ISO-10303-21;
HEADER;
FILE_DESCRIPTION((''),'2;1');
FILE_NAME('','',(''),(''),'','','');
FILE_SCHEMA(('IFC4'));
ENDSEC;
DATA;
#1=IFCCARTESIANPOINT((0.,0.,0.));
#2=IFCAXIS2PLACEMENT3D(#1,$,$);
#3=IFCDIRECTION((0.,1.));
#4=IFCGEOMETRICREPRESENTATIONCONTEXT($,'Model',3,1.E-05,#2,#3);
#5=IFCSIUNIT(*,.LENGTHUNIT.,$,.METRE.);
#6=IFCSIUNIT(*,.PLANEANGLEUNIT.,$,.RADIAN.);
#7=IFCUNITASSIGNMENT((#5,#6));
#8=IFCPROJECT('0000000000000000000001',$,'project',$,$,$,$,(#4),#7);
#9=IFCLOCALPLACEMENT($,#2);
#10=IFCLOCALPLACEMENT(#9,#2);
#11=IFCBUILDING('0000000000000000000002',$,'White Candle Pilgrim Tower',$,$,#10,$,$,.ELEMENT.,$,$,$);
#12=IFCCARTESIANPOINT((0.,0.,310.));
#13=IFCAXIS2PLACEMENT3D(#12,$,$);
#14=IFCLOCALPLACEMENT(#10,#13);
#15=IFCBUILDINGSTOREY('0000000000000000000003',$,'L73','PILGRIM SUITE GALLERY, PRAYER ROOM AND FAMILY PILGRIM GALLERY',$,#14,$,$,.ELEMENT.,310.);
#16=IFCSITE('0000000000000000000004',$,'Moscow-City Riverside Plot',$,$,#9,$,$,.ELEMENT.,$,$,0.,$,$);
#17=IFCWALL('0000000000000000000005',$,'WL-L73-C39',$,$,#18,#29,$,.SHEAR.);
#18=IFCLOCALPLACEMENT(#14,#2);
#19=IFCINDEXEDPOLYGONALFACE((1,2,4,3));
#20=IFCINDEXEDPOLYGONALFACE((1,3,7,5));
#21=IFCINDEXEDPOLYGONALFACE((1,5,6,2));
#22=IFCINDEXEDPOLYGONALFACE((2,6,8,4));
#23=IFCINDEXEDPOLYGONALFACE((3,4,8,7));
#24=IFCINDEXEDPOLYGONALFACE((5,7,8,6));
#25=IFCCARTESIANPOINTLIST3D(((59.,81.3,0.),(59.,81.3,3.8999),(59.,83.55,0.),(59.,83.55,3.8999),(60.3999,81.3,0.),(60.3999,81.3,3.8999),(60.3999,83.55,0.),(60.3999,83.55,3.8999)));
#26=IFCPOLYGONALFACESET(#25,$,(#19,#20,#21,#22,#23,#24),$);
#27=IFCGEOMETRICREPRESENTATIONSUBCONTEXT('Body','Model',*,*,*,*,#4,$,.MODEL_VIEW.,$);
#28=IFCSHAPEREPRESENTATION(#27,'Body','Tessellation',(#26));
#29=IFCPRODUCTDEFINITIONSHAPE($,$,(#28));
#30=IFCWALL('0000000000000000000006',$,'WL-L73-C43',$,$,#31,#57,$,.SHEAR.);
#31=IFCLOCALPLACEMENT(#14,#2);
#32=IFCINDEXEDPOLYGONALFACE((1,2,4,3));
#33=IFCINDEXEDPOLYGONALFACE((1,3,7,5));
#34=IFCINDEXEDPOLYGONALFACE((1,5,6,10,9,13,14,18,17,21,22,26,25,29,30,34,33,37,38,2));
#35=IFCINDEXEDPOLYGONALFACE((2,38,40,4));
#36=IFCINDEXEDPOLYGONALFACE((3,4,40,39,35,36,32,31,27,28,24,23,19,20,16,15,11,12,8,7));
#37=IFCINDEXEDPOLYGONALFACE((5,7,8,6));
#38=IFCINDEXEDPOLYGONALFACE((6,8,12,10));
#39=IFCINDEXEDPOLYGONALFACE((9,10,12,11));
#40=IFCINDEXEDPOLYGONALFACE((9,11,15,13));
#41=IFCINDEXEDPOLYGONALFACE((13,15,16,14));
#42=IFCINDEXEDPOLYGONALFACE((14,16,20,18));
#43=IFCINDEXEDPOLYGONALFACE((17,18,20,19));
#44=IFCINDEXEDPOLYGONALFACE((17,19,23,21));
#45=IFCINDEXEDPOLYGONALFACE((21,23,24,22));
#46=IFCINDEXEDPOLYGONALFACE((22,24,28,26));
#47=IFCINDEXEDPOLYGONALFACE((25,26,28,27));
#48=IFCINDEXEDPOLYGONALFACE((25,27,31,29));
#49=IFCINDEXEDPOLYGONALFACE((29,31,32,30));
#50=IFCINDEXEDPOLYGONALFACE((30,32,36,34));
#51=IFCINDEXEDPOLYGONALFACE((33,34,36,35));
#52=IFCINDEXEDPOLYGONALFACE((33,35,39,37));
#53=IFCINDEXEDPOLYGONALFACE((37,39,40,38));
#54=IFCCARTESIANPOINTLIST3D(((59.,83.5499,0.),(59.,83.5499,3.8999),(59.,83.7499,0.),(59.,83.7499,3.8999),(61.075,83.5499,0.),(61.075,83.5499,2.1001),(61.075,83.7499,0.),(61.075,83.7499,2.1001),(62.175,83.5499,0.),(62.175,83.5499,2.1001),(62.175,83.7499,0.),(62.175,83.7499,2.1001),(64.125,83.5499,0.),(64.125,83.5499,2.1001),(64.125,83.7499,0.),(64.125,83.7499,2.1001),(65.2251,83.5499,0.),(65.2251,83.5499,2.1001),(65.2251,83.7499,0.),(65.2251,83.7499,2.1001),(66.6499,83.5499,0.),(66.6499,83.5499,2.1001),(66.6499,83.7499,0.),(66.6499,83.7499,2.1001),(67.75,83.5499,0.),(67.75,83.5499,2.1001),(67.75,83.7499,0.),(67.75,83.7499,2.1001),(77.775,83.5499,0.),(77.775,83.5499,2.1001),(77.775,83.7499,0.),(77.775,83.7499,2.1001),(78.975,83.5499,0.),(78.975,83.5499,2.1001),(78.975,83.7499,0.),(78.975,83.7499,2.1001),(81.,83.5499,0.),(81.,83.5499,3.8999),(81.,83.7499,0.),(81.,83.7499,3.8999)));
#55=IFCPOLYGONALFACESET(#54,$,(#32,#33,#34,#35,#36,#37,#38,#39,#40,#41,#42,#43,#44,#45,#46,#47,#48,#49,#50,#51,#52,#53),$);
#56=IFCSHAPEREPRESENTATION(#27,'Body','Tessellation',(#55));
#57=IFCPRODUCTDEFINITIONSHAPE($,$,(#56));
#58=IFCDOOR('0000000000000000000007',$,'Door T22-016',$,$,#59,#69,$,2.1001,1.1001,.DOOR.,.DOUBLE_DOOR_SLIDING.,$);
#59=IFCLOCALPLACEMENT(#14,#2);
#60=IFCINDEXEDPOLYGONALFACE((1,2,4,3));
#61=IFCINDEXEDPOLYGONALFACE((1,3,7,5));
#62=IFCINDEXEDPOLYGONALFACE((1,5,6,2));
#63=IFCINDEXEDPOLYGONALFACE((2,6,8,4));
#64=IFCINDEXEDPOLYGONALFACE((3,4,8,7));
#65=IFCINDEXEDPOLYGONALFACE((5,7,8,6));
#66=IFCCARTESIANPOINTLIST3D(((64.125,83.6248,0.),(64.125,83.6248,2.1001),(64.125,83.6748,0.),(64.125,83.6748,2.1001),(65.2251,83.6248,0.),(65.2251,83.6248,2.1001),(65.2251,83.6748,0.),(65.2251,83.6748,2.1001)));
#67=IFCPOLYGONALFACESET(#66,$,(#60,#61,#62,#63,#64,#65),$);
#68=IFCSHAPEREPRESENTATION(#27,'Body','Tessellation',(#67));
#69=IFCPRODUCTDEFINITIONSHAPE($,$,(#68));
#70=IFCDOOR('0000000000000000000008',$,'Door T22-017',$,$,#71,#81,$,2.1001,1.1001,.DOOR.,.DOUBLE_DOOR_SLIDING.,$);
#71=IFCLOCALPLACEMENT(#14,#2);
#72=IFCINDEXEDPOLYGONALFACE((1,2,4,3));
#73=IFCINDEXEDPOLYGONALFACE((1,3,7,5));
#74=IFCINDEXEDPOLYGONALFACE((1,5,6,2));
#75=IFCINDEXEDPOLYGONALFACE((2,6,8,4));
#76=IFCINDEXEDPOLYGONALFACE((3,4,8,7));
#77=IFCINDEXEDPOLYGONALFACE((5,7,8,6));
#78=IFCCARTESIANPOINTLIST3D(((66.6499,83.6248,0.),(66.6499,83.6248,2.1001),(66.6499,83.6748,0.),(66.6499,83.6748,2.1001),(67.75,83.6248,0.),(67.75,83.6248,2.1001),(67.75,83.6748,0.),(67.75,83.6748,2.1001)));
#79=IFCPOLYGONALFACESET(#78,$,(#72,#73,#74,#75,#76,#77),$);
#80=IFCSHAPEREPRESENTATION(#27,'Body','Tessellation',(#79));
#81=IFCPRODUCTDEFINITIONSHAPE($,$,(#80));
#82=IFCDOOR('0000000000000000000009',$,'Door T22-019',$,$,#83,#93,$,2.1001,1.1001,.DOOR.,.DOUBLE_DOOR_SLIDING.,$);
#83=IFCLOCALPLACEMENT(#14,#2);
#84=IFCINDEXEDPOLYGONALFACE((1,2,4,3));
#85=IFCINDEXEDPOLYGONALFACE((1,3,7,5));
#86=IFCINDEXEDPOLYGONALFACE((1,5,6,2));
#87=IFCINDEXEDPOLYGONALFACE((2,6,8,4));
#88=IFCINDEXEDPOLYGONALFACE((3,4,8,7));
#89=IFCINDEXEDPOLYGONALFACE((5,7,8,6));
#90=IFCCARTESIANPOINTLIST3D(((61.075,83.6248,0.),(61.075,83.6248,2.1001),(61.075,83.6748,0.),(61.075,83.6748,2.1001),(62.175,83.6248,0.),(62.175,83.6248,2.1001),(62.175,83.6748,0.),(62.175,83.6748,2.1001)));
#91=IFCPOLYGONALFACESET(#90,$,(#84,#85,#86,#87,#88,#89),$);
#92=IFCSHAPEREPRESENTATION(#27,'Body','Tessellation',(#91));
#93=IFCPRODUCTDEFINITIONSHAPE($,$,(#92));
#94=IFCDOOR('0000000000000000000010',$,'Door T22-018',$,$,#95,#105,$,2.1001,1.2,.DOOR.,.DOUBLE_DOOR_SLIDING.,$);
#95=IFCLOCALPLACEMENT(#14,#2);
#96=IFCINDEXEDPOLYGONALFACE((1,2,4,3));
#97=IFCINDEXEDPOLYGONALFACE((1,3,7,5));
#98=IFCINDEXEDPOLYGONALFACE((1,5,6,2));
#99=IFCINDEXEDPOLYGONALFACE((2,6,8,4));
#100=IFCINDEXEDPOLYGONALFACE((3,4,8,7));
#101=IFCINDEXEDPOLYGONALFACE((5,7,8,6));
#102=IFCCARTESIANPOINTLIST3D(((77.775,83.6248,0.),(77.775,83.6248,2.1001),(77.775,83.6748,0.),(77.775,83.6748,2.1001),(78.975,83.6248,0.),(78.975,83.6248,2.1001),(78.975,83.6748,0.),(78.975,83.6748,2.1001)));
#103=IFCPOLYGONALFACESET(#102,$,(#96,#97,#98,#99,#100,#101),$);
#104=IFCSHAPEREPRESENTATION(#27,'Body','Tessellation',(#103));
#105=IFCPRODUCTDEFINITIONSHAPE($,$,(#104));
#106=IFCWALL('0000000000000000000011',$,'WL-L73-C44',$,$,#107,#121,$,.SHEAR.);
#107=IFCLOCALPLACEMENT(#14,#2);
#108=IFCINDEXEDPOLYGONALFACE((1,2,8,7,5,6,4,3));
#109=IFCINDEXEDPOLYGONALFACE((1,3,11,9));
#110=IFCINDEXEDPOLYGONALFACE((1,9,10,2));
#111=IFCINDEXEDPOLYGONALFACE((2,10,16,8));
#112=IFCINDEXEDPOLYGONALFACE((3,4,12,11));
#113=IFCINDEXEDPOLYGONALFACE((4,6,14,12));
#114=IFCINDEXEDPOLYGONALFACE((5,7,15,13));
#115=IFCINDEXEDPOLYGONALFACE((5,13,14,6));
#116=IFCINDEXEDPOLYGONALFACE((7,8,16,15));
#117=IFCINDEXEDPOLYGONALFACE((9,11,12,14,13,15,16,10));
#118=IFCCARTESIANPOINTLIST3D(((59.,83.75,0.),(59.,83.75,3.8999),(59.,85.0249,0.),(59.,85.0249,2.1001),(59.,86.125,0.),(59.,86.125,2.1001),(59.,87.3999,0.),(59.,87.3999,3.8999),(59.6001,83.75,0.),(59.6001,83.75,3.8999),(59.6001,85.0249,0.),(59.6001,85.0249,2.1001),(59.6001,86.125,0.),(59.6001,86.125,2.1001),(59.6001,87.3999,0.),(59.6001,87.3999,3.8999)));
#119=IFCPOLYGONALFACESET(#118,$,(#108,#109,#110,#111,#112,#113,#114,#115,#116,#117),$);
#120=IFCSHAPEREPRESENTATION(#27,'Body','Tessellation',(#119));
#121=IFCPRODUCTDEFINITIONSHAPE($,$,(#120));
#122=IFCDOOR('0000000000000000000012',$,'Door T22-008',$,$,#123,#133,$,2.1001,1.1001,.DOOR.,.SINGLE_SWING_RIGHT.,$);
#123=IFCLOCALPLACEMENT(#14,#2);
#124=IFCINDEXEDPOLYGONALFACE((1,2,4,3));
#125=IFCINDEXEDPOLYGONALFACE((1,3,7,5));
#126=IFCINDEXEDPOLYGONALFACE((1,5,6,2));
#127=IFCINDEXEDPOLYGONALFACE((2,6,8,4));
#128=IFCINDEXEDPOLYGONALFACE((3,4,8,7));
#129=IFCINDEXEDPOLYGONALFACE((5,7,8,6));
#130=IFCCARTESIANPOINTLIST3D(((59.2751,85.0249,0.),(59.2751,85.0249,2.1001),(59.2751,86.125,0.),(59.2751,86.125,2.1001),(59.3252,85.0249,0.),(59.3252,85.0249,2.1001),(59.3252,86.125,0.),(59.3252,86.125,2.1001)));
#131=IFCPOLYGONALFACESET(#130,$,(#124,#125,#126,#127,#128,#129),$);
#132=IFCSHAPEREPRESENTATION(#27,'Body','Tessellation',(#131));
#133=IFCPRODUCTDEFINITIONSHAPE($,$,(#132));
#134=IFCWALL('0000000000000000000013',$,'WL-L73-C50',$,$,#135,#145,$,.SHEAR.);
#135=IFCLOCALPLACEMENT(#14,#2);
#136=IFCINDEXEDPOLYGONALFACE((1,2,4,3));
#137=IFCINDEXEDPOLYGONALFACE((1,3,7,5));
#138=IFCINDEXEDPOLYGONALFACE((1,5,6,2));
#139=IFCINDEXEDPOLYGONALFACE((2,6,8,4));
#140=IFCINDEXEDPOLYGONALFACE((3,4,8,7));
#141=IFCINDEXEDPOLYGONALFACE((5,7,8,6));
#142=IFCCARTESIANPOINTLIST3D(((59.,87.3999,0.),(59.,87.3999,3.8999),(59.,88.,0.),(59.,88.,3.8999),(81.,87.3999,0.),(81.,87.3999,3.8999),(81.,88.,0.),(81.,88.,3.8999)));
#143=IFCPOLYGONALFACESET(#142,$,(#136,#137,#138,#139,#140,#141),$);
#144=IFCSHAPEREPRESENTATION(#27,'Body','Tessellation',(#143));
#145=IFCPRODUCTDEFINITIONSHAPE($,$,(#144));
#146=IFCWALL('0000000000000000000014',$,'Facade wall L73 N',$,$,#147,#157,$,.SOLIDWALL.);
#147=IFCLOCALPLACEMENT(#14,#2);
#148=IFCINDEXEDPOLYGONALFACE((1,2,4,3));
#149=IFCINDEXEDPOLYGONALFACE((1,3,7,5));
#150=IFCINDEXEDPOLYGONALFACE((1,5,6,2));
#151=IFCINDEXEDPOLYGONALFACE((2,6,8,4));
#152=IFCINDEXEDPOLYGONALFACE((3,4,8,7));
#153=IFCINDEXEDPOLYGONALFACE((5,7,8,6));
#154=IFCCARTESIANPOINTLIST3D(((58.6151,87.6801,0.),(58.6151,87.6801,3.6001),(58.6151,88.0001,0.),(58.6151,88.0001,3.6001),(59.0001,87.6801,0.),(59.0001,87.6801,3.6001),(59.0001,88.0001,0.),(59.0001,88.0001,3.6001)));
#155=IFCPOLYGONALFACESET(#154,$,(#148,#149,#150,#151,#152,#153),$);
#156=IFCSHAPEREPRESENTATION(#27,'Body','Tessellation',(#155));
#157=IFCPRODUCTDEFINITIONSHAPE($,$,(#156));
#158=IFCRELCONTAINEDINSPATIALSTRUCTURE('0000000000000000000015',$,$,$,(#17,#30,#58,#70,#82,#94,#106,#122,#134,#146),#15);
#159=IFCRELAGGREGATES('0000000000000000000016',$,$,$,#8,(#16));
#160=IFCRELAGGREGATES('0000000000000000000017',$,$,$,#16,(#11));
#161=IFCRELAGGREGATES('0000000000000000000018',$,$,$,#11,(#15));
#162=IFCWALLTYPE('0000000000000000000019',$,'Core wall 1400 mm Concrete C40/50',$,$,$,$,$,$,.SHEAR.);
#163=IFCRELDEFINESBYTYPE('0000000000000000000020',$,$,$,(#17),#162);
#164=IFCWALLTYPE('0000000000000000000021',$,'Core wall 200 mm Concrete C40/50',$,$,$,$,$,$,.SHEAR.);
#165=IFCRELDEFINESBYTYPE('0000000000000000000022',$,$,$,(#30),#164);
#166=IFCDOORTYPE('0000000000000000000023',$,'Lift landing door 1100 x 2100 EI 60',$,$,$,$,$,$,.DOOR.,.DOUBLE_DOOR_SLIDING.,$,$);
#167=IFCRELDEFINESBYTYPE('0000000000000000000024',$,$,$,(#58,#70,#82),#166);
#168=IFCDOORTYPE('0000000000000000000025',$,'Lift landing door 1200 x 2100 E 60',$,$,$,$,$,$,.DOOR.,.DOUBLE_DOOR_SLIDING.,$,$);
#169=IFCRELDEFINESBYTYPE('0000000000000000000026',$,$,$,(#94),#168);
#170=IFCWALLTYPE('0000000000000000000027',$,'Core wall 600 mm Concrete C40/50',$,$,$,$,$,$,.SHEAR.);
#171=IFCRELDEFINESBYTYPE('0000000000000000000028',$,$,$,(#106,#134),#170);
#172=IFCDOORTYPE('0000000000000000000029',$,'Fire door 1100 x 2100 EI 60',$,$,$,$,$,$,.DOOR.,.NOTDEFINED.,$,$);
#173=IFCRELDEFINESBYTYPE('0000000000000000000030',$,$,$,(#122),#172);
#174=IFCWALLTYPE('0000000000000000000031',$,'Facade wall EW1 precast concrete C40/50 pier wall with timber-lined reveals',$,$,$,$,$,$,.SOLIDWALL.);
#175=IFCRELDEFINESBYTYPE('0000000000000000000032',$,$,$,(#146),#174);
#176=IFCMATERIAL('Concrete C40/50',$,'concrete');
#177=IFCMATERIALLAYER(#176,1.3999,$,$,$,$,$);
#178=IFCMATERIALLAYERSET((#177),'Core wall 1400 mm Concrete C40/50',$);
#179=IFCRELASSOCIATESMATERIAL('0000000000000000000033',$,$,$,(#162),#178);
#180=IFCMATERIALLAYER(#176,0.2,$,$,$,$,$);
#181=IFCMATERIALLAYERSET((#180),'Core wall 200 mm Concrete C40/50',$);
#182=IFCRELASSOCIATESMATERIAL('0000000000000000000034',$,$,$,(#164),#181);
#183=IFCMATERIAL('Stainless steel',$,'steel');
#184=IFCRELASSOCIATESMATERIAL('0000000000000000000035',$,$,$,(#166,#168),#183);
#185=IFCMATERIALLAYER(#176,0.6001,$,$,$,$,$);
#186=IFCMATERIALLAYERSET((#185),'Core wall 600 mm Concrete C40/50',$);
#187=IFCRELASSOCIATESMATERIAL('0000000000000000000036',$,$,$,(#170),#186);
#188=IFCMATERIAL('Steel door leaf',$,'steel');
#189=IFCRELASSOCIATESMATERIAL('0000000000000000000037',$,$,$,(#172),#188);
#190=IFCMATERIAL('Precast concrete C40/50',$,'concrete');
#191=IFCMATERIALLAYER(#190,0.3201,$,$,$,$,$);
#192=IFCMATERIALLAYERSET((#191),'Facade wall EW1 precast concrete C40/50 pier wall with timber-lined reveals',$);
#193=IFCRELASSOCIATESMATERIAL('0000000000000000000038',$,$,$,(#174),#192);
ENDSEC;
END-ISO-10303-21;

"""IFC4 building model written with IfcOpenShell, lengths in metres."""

from ifc_helpers import new_model, si_unit, direction, frame, frame_2d, origin, place, context, subcontext, project, spatial, rectangle, extrude, material, layer, layer_set, type_object, element, fill, save


model = new_model("IFC4")

# Units and contexts
model_context = context("Model", 3, precision=1e-05, world=origin(), true_north=direction((0.0, 1.0)))
body_context = subcontext(model_context, "Body", "Model", "MODEL_VIEW")
ifc_project = project(units=[si_unit("LENGTHUNIT", "METRE"), si_unit("PLANEANGLEUNIT", "RADIAN")], contexts=[model_context])

# Site, building, storey
site_placement = place(None, origin())
site = spatial("IfcSite", under=ifc_project, at=site_placement, Name="Moscow-City Riverside Plot", CompositionType="ELEMENT", RefElevation=0.0)
building_placement = place(site_placement, origin())
building = spatial("IfcBuilding", under=site, at=building_placement, Name="White Candle Pilgrim Tower", CompositionType="ELEMENT")
storey_placement = place(building_placement, frame((0.0, 0.0, 310.0)))
storey = spatial("IfcBuildingStorey", under=building, at=storey_placement, Name="L73", Description="PILGRIM SUITE GALLERY, PRAYER ROOM AND FAMILY PILGRIM GALLERY", CompositionType="ELEMENT", Elevation=310.0)

# Wall
ifc_material_1 = material(Name="Concrete C40/50", Category="concrete")
ifc_layer_1 = layer(ifc_material_1, 1.3999)
ifc_layer_set_1 = layer_set([ifc_layer_1], Name="Core wall 1400 mm Concrete C40/50")
wall_type_1 = type_object("IfcWallType", Name="Core wall 1400 mm Concrete C40/50", PredefinedType="SHEAR", material=ifc_layer_set_1)
wall_1_placement = place(storey_placement, frame((59.7, 81.3, 0.0), z_axis=(0.0, 0.0, 1.0), x_axis=(0.0, 1.0, 0.0)))
element("IfcWall", 1, at=wall_1_placement, inside=storey, type_object=wall_type_1, Name="WL-L73-C39", PredefinedType="SHEAR", context=body_context, shape_type="SweptSolid", body=[
    extrude(rectangle(XDim=2.25, YDim=1.3999, at=frame_2d((1.125, 0.0))), origin(), (0.0, 0.0, 1.0), 3.8999),
])

# Wall, openings, doors
ifc_layer_2 = layer(ifc_material_1, 0.2)
ifc_layer_set_2 = layer_set([ifc_layer_2], Name="Core wall 200 mm Concrete C40/50")
wall_type_2 = type_object("IfcWallType", Name="Core wall 200 mm Concrete C40/50", PredefinedType="SHEAR", material=ifc_layer_set_2)
wall_2_placement = place(storey_placement, frame((59.0, 83.6499, 0.0), z_axis=(0.0, 0.0, 1.0), x_axis=(1.0, 0.0, 0.0)))
wall_2 = element("IfcWall", 2, at=wall_2_placement, inside=storey, type_object=wall_type_2, Name="WL-L73-C43", PredefinedType="SHEAR", context=body_context, shape_type="SweptSolid", body=[
    extrude(rectangle(XDim=22.0, YDim=0.2, at=frame_2d((11.0, 0.0))), origin(), (0.0, 0.0, 1.0), 3.8999),
])
opening_1_placement = place(wall_2_placement, frame((5.125, 0.0, 0.0)))
opening_1 = element("IfcOpeningElement", 3, at=opening_1_placement, cuts=wall_2, PredefinedType="OPENING", context=body_context, shape_type="SweptSolid", body=[
    extrude(rectangle(XDim=1.1001, YDim=2.1001, at=frame_2d((0.55, 1.05))), frame((0.0, 0.1099, 0.0), z_axis=(0.0, -1.0, 0.0), x_axis=(1.0, 0.0, 0.0)), (0.0, 0.0, 1.0), 0.22),
])
opening_2_placement = place(wall_2_placement, frame((7.6499, 0.0, 0.0)))
opening_2 = element("IfcOpeningElement", 4, at=opening_2_placement, cuts=wall_2, PredefinedType="OPENING", context=body_context, shape_type="SweptSolid", body=[
    extrude(rectangle(XDim=1.1001, YDim=2.1001, at=frame_2d((0.55, 1.05))), frame((0.0, 0.1099, 0.0), z_axis=(0.0, -1.0, 0.0), x_axis=(1.0, 0.0, 0.0)), (0.0, 0.0, 1.0), 0.22),
])
opening_3_placement = place(wall_2_placement, frame((18.7749, 0.0, 0.0)))
opening_3 = element("IfcOpeningElement", 5, at=opening_3_placement, cuts=wall_2, PredefinedType="OPENING", context=body_context, shape_type="SweptSolid", body=[
    extrude(rectangle(XDim=1.2, YDim=2.1001, at=frame_2d((0.6001, 1.05))), frame((0.0, 0.1099, 0.0), z_axis=(0.0, -1.0, 0.0), x_axis=(1.0, 0.0, 0.0)), (0.0, 0.0, 1.0), 0.22),
])
opening_4_placement = place(wall_2_placement, frame((2.075, 0.0, 0.0)))
opening_4 = element("IfcOpeningElement", 6, at=opening_4_placement, cuts=wall_2, PredefinedType="OPENING", context=body_context, shape_type="SweptSolid", body=[
    extrude(rectangle(XDim=1.1001, YDim=2.1001, at=frame_2d((0.55, 1.05))), frame((0.0, 0.1099, 0.0), z_axis=(0.0, -1.0, 0.0), x_axis=(1.0, 0.0, 0.0)), (0.0, 0.0, 1.0), 0.22),
])
ifc_material_2 = material(Name="Stainless steel", Category="steel")
door_type_1 = type_object("IfcDoorType", Name="Lift landing door 1100 x 2100 EI 60", OperationType="DOUBLE_DOOR_SLIDING", PredefinedType="DOOR", material=ifc_material_2)
door_1_placement = place(opening_1_placement, origin())
door_1 = element("IfcDoor", 7, at=door_1_placement, inside=storey, type_object=door_type_1, Name="Door T22-016", OperationType="DOUBLE_DOOR_SLIDING", OverallHeight=2.1001, OverallWidth=1.1001, PredefinedType="DOOR", context=body_context, shape_type="SweptSolid", body=[
    extrude(rectangle(XDim=1.1001, YDim=2.1001, at=frame_2d((0.55, 1.05))), frame((0.0, 0.0249, 0.0), z_axis=(0.0, -1.0, 0.0), x_axis=(1.0, 0.0, 0.0)), (0.0, 0.0, 1.0), 0.05),
])
fill(opening_1, door_1)
door_2_placement = place(opening_2_placement, origin())
door_2 = element("IfcDoor", 8, at=door_2_placement, inside=storey, type_object=door_type_1, Name="Door T22-017", OperationType="DOUBLE_DOOR_SLIDING", OverallHeight=2.1001, OverallWidth=1.1001, PredefinedType="DOOR", context=body_context, shape_type="SweptSolid", body=[
    extrude(rectangle(XDim=1.1001, YDim=2.1001, at=frame_2d((0.55, 1.05))), frame((0.0, 0.0249, 0.0), z_axis=(0.0, -1.0, 0.0), x_axis=(1.0, 0.0, 0.0)), (0.0, 0.0, 1.0), 0.05),
])
fill(opening_2, door_2)
door_3_placement = place(opening_4_placement, origin())
door_3 = element("IfcDoor", 9, at=door_3_placement, inside=storey, type_object=door_type_1, Name="Door T22-019", OperationType="DOUBLE_DOOR_SLIDING", OverallHeight=2.1001, OverallWidth=1.1001, PredefinedType="DOOR", context=body_context, shape_type="SweptSolid", body=[
    extrude(rectangle(XDim=1.1001, YDim=2.1001, at=frame_2d((0.55, 1.05))), frame((0.0, 0.0249, 0.0), z_axis=(0.0, -1.0, 0.0), x_axis=(1.0, 0.0, 0.0)), (0.0, 0.0, 1.0), 0.05),
])
fill(opening_4, door_3)
door_type_2 = type_object("IfcDoorType", Name="Lift landing door 1200 x 2100 E 60", OperationType="DOUBLE_DOOR_SLIDING", PredefinedType="DOOR", material=ifc_material_2)
door_4_placement = place(opening_3_placement, origin())
door_4 = element("IfcDoor", 10, at=door_4_placement, inside=storey, type_object=door_type_2, Name="Door T22-018", OperationType="DOUBLE_DOOR_SLIDING", OverallHeight=2.1001, OverallWidth=1.2, PredefinedType="DOOR", context=body_context, shape_type="SweptSolid", body=[
    extrude(rectangle(XDim=1.2, YDim=2.1001, at=frame_2d((0.6001, 1.05))), frame((0.0, 0.0249, 0.0), z_axis=(0.0, -1.0, 0.0), x_axis=(1.0, 0.0, 0.0)), (0.0, 0.0, 1.0), 0.05),
])
fill(opening_3, door_4)

# Wall, opening, door
ifc_layer_3 = layer(ifc_material_1, 0.6001)
ifc_layer_set_3 = layer_set([ifc_layer_3], Name="Core wall 600 mm Concrete C40/50")
wall_type_3 = type_object("IfcWallType", Name="Core wall 600 mm Concrete C40/50", PredefinedType="SHEAR", material=ifc_layer_set_3)
wall_3_placement = place(storey_placement, frame((59.3, 83.75, 0.0), z_axis=(0.0, 0.0, 1.0), x_axis=(0.0, 1.0, 0.0)))
wall_3 = element("IfcWall", 11, at=wall_3_placement, inside=storey, type_object=wall_type_3, Name="WL-L73-C44", PredefinedType="SHEAR", context=body_context, shape_type="SweptSolid", body=[
    extrude(rectangle(XDim=3.6499, YDim=0.6001, at=frame_2d((1.825, 0.0))), origin(), (0.0, 0.0, 1.0), 3.8999),
])
opening_5_placement = place(wall_3_placement, frame((1.2749, 0.0, 0.0)))
opening_5 = element("IfcOpeningElement", 12, at=opening_5_placement, cuts=wall_3, PredefinedType="OPENING", context=body_context, shape_type="SweptSolid", body=[
    extrude(rectangle(XDim=1.1001, YDim=2.1001, at=frame_2d((0.55, 1.05))), frame((0.0, 0.3101, 0.0), z_axis=(0.0, -1.0, 0.0), x_axis=(1.0, 0.0, 0.0)), (0.0, 0.0, 1.0), 0.6201),
])
ifc_material_3 = material(Name="Steel door leaf", Category="steel")
door_type_3 = type_object("IfcDoorType", Name="Fire door 1100 x 2100 EI 60", OperationType="NOTDEFINED", PredefinedType="DOOR", material=ifc_material_3)
door_5_placement = place(opening_5_placement, origin())
door_5 = element("IfcDoor", 13, at=door_5_placement, inside=storey, type_object=door_type_3, Name="Door T22-008", OperationType="SINGLE_SWING_RIGHT", OverallHeight=2.1001, OverallWidth=1.1001, PredefinedType="DOOR", context=body_context, shape_type="SweptSolid", body=[
    extrude(rectangle(XDim=1.1001, YDim=2.1001, at=frame_2d((0.55, 1.05))), frame((0.0, 0.0249, 0.0), z_axis=(0.0, -1.0, 0.0), x_axis=(1.0, 0.0, 0.0)), (0.0, 0.0, 1.0), 0.05),
])
fill(opening_5, door_5)

# Walls
wall_4_placement = place(storey_placement, frame((59.0, 87.7, 0.0), z_axis=(0.0, 0.0, 1.0), x_axis=(1.0, 0.0, 0.0)))
element("IfcWall", 14, at=wall_4_placement, inside=storey, type_object=wall_type_3, Name="WL-L73-C50", PredefinedType="SHEAR", context=body_context, shape_type="SweptSolid", body=[
    extrude(rectangle(XDim=22.0, YDim=0.6001, at=frame_2d((11.0, 0.0))), origin(), (0.0, 0.0, 1.0), 3.8999),
])
ifc_material_4 = material(Name="Precast concrete C40/50", Category="concrete")
ifc_layer_4 = layer(ifc_material_4, 0.3201)
ifc_layer_set_4 = layer_set([ifc_layer_4], Name="Facade wall EW1 precast concrete C40/50 pier wall with timber-lined reveals")
wall_type_4 = type_object("IfcWallType", Name="Facade wall EW1 precast concrete C40/50 pier wall with timber-lined reveals", PredefinedType="SOLIDWALL", material=ifc_layer_set_4)
wall_5_placement = place(storey_placement, frame((59.0, 87.8401, 0.0), z_axis=(0.0, 0.0, 1.0), x_axis=(-1.0, 0.0, 0.0)))
element("IfcWall", 15, at=wall_5_placement, inside=storey, type_object=wall_type_4, Name="Facade wall L73 N", PredefinedType="SOLIDWALL", context=body_context, shape_type="SweptSolid", body=[
    extrude(rectangle(XDim=0.385, YDim=0.3201, at=frame_2d((0.1924, 0.0))), origin(), (0.0, 0.0, 1.0), 3.6001),
])

save(model, "model.ifc")
